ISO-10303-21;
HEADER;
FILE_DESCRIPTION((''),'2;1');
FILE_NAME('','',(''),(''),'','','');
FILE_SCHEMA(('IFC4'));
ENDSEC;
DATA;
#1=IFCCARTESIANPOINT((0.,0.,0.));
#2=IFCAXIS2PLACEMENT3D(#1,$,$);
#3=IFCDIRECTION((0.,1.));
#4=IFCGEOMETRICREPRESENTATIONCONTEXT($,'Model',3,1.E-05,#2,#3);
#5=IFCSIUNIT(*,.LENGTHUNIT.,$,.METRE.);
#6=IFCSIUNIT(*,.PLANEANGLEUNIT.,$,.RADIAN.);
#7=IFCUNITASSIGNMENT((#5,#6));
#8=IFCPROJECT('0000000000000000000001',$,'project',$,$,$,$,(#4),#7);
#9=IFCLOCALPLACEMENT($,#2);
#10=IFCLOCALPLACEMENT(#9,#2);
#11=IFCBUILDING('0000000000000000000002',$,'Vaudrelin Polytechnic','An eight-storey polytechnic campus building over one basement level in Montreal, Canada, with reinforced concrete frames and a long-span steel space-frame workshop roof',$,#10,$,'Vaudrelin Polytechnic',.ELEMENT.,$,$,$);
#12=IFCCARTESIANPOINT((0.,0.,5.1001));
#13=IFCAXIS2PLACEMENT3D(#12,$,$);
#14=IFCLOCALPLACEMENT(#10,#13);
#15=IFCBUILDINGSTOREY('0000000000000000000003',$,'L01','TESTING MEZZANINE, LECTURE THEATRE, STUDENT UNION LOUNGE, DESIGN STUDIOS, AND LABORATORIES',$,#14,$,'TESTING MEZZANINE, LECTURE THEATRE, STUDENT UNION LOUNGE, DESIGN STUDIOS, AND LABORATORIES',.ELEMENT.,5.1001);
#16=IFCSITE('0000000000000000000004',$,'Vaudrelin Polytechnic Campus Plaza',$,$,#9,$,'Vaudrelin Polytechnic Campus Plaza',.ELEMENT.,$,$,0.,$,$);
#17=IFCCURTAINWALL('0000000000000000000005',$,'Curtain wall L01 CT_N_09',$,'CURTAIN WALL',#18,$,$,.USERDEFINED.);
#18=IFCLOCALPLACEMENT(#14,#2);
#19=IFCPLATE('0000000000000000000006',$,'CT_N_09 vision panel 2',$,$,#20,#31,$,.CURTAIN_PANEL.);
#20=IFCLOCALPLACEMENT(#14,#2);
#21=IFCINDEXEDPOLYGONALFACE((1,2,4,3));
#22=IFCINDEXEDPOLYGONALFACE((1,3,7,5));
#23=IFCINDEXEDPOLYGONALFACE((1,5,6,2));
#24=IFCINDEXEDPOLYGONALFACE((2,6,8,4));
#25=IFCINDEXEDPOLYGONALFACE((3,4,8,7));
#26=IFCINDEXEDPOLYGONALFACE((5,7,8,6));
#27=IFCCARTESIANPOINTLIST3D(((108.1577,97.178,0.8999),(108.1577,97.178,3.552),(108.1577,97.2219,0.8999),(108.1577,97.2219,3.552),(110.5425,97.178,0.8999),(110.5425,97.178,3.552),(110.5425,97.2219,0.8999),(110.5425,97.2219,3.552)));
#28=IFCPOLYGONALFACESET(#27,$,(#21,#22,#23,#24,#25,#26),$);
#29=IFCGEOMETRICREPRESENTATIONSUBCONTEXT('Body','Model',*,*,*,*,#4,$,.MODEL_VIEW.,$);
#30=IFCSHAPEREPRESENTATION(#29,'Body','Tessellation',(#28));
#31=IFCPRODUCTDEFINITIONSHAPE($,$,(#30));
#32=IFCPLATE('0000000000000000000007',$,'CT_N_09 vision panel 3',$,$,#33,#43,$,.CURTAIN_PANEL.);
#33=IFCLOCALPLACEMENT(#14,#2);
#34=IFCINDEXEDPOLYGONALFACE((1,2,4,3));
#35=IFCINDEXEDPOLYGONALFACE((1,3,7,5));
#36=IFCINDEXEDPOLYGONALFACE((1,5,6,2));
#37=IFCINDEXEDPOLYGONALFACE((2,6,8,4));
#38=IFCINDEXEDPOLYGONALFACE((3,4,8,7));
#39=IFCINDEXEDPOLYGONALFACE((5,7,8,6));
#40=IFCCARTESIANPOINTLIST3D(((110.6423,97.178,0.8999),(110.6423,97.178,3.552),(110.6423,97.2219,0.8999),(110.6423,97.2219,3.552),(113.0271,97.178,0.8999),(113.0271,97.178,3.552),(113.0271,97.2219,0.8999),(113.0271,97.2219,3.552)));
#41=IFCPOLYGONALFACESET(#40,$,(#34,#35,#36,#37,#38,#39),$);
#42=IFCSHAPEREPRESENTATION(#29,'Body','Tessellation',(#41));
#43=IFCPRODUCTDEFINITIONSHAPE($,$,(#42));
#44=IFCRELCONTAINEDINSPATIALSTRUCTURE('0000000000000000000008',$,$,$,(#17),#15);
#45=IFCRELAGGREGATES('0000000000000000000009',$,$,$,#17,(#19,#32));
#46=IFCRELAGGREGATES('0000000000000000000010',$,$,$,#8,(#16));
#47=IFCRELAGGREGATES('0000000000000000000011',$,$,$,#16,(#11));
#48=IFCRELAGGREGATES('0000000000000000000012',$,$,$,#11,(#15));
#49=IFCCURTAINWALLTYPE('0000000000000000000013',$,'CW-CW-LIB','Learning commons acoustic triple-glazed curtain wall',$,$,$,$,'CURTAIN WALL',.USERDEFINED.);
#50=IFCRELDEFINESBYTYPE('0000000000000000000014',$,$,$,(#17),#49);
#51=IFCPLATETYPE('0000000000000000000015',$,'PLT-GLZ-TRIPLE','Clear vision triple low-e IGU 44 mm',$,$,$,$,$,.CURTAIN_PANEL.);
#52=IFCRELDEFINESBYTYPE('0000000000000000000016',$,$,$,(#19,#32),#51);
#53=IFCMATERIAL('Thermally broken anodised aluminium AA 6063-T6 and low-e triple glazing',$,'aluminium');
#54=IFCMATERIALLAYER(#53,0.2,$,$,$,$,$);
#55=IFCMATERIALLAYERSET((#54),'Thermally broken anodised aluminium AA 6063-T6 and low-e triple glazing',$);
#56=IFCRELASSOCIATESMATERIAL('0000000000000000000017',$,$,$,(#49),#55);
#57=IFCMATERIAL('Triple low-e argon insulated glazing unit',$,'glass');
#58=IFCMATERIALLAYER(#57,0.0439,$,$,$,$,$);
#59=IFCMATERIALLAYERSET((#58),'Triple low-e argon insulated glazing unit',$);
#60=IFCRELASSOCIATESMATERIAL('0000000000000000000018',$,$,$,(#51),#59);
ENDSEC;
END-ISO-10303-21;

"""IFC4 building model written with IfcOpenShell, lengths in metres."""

from ifc_helpers import new_model, si_unit, direction, frame, origin, origin_2d, place, context, subcontext, project, spatial, rectangle, extrude, material, layer, layer_set, type_object, element, aggregate, save


model = new_model("IFC4")

# Units and contexts
model_context = context("Model", 3, precision=1e-05, world=origin(), true_north=direction((0.0, 1.0)))
body_context = subcontext(model_context, "Body", "Model", "MODEL_VIEW")
ifc_project = project(units=[si_unit("LENGTHUNIT", "METRE"), si_unit("PLANEANGLEUNIT", "RADIAN")], contexts=[model_context])

# Site, building, storey
site_placement = place(None, origin())
site = spatial("IfcSite", under=ifc_project, at=site_placement, Name="Vaudrelin Polytechnic Campus Plaza", LongName="Vaudrelin Polytechnic Campus Plaza", CompositionType="ELEMENT", RefElevation=0.0)
building_placement = place(site_placement, origin())
building = spatial("IfcBuilding", under=site, at=building_placement, Name="Vaudrelin Polytechnic", Description="An eight-storey polytechnic campus building over one basement level in Montreal, Canada, with reinforced concrete frames and a long-span steel space-frame workshop roof", LongName="Vaudrelin Polytechnic", CompositionType="ELEMENT")
storey_placement = place(building_placement, frame((0.0, 0.0, 5.1001)))
storey = spatial("IfcBuildingStorey", under=building, at=storey_placement, Name="L01", Description="TESTING MEZZANINE, LECTURE THEATRE, STUDENT UNION LOUNGE, DESIGN STUDIOS, AND LABORATORIES", LongName="TESTING MEZZANINE, LECTURE THEATRE, STUDENT UNION LOUNGE, DESIGN STUDIOS, AND LABORATORIES", CompositionType="ELEMENT", Elevation=5.1001)

# Curtain wall, plates
ifc_material_1 = material(Name="Thermally broken anodised aluminium AA 6063-T6 and low-e triple glazing", Category="aluminium")
ifc_layer_1 = layer(ifc_material_1, 0.2)
ifc_layer_set_1 = layer_set([ifc_layer_1], Name="Thermally broken anodised aluminium AA 6063-T6 and low-e triple glazing")
curtain_wall_type = type_object("IfcCurtainWallType", Name="CW-CW-LIB", Description="Learning commons acoustic triple-glazed curtain wall", ElementType="CURTAIN WALL", PredefinedType="USERDEFINED", material=ifc_layer_set_1)
curtain_wall_placement = place(storey_placement, origin())
curtain_wall = element("IfcCurtainWall", 1, at=curtain_wall_placement, inside=storey, type_object=curtain_wall_type, Name="Curtain wall L01 CT_N_09", ObjectType="CURTAIN WALL", PredefinedType="USERDEFINED")
ifc_material_2 = material(Name="Triple low-e argon insulated glazing unit", Category="glass")
ifc_layer_2 = layer(ifc_material_2, 0.0439)
ifc_layer_set_2 = layer_set([ifc_layer_2], Name="Triple low-e argon insulated glazing unit")
plate_type_1 = type_object("IfcPlateType", Name="PLT-GLZ-TRIPLE", Description="Clear vision triple low-e IGU 44 mm", PredefinedType="CURTAIN_PANEL", material=ifc_layer_set_2)
plate_1_placement = place(storey_placement, frame((109.3501, 97.2, 0.8999), z_axis=(0.0, 0.0, 1.0), x_axis=(1.0, 0.0, 0.0)))
plate_1 = element("IfcPlate", 2, at=plate_1_placement, type_object=plate_type_1, Name="CT_N_09 vision panel 2", PredefinedType="CURTAIN_PANEL", context=body_context, shape_type="SweptSolid", body=[
    extrude(rectangle(XDim=2.3848, YDim=0.0439, at=origin_2d()), origin(), (0.0, 0.0, 1.0), 2.6521),
])
plate_2_placement = place(storey_placement, frame((111.8347, 97.2, 0.8999), z_axis=(0.0, 0.0, 1.0), x_axis=(1.0, 0.0, 0.0)))
plate_2 = element("IfcPlate", 3, at=plate_2_placement, type_object=plate_type_1, Name="CT_N_09 vision panel 3", PredefinedType="CURTAIN_PANEL", context=body_context, shape_type="SweptSolid", body=[
    extrude(rectangle(XDim=2.3848, YDim=0.0439, at=origin_2d()), origin(), (0.0, 0.0, 1.0), 2.6521),
])
aggregate(curtain_wall, [plate_1, plate_2])

save(model, "model.ifc")
